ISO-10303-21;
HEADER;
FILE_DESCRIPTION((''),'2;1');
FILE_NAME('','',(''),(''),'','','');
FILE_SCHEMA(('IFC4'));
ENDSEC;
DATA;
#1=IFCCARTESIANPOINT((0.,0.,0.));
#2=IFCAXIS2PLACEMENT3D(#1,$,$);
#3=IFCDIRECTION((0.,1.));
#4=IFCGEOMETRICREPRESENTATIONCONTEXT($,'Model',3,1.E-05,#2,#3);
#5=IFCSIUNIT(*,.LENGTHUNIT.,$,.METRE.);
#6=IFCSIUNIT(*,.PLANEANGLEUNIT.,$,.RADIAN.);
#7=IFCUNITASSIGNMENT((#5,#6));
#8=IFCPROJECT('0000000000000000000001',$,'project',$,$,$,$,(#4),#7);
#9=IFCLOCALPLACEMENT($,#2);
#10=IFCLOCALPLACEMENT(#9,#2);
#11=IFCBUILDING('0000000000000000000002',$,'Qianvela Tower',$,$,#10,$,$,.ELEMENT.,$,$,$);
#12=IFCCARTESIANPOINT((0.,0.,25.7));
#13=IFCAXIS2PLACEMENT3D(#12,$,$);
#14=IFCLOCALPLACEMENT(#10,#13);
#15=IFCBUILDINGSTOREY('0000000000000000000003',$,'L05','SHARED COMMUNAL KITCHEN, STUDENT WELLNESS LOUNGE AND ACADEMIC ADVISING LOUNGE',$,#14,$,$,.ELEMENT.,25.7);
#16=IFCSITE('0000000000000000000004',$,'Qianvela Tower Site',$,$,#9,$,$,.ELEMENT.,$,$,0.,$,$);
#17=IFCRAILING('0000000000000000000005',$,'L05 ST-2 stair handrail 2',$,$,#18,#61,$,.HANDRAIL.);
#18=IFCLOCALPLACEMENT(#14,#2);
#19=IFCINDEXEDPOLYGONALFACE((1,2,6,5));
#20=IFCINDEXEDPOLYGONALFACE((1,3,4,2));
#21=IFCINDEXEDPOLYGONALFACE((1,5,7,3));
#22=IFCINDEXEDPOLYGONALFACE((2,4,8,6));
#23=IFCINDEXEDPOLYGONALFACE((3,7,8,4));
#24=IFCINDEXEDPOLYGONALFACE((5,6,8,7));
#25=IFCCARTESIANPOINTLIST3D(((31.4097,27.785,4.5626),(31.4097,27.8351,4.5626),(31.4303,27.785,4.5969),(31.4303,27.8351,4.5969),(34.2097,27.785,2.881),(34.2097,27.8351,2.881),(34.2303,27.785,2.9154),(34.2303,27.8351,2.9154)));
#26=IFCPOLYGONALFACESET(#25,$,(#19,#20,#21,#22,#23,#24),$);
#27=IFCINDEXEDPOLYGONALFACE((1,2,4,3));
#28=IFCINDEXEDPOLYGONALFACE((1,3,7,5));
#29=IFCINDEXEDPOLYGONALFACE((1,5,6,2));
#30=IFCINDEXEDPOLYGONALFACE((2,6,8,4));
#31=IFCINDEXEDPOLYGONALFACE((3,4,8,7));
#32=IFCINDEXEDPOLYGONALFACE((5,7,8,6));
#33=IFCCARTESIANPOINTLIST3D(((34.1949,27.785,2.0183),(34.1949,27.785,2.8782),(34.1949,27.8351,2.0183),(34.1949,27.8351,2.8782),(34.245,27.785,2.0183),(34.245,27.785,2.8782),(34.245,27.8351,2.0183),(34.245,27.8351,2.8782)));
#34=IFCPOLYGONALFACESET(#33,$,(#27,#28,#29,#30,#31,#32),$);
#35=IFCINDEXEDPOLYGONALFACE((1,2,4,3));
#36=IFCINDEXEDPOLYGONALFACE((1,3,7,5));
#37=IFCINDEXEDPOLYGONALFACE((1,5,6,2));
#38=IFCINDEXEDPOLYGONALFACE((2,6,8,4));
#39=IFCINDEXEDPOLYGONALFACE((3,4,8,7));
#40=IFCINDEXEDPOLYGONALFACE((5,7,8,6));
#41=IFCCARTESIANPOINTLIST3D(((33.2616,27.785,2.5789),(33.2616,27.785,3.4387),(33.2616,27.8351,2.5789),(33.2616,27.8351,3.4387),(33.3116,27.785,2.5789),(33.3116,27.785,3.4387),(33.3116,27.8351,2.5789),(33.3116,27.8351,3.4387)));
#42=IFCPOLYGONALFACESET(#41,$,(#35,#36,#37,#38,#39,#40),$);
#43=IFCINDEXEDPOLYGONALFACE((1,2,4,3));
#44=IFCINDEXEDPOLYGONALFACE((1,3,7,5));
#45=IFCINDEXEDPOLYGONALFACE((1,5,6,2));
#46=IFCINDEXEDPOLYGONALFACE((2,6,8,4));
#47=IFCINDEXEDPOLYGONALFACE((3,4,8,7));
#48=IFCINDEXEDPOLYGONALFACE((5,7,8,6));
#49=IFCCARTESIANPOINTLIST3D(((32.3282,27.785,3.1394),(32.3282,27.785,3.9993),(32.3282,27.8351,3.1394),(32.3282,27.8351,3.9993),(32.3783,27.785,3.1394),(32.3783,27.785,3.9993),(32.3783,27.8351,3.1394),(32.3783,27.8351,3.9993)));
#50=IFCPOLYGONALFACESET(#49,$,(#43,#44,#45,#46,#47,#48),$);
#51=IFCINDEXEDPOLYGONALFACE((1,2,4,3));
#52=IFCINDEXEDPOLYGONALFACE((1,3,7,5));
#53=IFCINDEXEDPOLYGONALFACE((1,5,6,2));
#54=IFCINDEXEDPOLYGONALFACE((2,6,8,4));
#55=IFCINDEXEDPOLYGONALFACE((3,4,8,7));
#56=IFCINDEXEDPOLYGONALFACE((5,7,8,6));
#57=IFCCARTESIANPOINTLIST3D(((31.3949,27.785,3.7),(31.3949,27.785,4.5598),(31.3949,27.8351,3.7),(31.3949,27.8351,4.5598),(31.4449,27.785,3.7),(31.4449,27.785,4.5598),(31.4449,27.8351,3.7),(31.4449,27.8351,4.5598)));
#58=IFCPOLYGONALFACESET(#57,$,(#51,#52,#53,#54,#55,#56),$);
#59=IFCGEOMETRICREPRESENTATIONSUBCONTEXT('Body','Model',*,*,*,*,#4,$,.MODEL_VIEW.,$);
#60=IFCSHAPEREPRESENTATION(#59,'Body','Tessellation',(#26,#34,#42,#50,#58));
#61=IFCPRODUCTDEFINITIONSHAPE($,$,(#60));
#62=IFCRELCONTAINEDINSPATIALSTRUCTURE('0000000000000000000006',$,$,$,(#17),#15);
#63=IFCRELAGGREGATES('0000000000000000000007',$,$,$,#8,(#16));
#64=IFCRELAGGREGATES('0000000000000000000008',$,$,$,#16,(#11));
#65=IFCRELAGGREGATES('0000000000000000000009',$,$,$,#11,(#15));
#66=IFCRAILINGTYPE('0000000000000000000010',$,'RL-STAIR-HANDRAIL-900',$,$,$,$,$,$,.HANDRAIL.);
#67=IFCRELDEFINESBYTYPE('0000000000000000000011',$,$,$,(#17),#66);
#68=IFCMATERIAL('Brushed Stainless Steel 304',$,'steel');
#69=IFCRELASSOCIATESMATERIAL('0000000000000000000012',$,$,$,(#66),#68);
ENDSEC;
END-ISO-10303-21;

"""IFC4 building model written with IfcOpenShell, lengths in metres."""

from ifc_helpers import new_model, si_unit, direction, frame, origin, origin_2d, place, context, subcontext, project, spatial, rectangle, extrude, material, type_object, element, save


model = new_model("IFC4")

# Units and contexts
model_context = context("Model", 3, precision=1e-05, world=origin(), true_north=direction((0.0, 1.0)))
body_context = subcontext(model_context, "Body", "Model", "MODEL_VIEW")
ifc_project = project(units=[si_unit("LENGTHUNIT", "METRE"), si_unit("PLANEANGLEUNIT", "RADIAN")], contexts=[model_context])

# Site, building, storey
site_placement = place(None, origin())
site = spatial("IfcSite", under=ifc_project, at=site_placement, Name="Qianvela Tower Site", CompositionType="ELEMENT", RefElevation=0.0)
building_placement = place(site_placement, origin())
building = spatial("IfcBuilding", under=site, at=building_placement, Name="Qianvela Tower", CompositionType="ELEMENT")
storey_placement = place(building_placement, frame((0.0, 0.0, 25.7)))
storey = spatial("IfcBuildingStorey", under=building, at=storey_placement, Name="L05", Description="SHARED COMMUNAL KITCHEN, STUDENT WELLNESS LOUNGE AND ACADEMIC ADVISING LOUNGE", CompositionType="ELEMENT", Elevation=25.7)

# Railing
ifc_material_1 = material(Name="Brushed Stainless Steel 304", Category="steel")
railing_type_1 = type_object("IfcRailingType", Name="RL-STAIR-HANDRAIL-900", PredefinedType="HANDRAIL", material=ifc_material_1)
railing_1_placement = place(storey_placement, frame((34.22, 27.8101, 2.0183)))
element("IfcRailing", 1, at=railing_1_placement, inside=storey, type_object=railing_type_1, Name="L05 ST-2 stair handrail 2", PredefinedType="HANDRAIL", context=body_context, shape_type="SweptSolid", body=[
    extrude(rectangle(XDim=0.05, YDim=0.04, at=origin_2d()), frame((0.0, 0.0, 0.8799), z_axis=(-0.857275, 0.0, 0.514858), x_axis=(0.0, -1.0, 0.0)), (0.0, 0.0, 1.0), 3.2661),
    extrude(rectangle(XDim=0.05, YDim=0.05, at=origin_2d()), origin(), (0.0, 0.0, 1.0), 0.8599),
    extrude(rectangle(XDim=0.05, YDim=0.05, at=origin_2d()), frame((-0.9333, 0.0, 0.5605)), (0.0, 0.0, 1.0), 0.8599),
    extrude(rectangle(XDim=0.05, YDim=0.05, at=origin_2d()), frame((-1.8667, 0.0, 1.1211)), (0.0, 0.0, 1.0), 0.8599),
    extrude(rectangle(XDim=0.05, YDim=0.05, at=origin_2d()), frame((-2.8, 0.0, 1.6816)), (0.0, 0.0, 1.0), 0.8599),
])

save(model, "model.ifc")
